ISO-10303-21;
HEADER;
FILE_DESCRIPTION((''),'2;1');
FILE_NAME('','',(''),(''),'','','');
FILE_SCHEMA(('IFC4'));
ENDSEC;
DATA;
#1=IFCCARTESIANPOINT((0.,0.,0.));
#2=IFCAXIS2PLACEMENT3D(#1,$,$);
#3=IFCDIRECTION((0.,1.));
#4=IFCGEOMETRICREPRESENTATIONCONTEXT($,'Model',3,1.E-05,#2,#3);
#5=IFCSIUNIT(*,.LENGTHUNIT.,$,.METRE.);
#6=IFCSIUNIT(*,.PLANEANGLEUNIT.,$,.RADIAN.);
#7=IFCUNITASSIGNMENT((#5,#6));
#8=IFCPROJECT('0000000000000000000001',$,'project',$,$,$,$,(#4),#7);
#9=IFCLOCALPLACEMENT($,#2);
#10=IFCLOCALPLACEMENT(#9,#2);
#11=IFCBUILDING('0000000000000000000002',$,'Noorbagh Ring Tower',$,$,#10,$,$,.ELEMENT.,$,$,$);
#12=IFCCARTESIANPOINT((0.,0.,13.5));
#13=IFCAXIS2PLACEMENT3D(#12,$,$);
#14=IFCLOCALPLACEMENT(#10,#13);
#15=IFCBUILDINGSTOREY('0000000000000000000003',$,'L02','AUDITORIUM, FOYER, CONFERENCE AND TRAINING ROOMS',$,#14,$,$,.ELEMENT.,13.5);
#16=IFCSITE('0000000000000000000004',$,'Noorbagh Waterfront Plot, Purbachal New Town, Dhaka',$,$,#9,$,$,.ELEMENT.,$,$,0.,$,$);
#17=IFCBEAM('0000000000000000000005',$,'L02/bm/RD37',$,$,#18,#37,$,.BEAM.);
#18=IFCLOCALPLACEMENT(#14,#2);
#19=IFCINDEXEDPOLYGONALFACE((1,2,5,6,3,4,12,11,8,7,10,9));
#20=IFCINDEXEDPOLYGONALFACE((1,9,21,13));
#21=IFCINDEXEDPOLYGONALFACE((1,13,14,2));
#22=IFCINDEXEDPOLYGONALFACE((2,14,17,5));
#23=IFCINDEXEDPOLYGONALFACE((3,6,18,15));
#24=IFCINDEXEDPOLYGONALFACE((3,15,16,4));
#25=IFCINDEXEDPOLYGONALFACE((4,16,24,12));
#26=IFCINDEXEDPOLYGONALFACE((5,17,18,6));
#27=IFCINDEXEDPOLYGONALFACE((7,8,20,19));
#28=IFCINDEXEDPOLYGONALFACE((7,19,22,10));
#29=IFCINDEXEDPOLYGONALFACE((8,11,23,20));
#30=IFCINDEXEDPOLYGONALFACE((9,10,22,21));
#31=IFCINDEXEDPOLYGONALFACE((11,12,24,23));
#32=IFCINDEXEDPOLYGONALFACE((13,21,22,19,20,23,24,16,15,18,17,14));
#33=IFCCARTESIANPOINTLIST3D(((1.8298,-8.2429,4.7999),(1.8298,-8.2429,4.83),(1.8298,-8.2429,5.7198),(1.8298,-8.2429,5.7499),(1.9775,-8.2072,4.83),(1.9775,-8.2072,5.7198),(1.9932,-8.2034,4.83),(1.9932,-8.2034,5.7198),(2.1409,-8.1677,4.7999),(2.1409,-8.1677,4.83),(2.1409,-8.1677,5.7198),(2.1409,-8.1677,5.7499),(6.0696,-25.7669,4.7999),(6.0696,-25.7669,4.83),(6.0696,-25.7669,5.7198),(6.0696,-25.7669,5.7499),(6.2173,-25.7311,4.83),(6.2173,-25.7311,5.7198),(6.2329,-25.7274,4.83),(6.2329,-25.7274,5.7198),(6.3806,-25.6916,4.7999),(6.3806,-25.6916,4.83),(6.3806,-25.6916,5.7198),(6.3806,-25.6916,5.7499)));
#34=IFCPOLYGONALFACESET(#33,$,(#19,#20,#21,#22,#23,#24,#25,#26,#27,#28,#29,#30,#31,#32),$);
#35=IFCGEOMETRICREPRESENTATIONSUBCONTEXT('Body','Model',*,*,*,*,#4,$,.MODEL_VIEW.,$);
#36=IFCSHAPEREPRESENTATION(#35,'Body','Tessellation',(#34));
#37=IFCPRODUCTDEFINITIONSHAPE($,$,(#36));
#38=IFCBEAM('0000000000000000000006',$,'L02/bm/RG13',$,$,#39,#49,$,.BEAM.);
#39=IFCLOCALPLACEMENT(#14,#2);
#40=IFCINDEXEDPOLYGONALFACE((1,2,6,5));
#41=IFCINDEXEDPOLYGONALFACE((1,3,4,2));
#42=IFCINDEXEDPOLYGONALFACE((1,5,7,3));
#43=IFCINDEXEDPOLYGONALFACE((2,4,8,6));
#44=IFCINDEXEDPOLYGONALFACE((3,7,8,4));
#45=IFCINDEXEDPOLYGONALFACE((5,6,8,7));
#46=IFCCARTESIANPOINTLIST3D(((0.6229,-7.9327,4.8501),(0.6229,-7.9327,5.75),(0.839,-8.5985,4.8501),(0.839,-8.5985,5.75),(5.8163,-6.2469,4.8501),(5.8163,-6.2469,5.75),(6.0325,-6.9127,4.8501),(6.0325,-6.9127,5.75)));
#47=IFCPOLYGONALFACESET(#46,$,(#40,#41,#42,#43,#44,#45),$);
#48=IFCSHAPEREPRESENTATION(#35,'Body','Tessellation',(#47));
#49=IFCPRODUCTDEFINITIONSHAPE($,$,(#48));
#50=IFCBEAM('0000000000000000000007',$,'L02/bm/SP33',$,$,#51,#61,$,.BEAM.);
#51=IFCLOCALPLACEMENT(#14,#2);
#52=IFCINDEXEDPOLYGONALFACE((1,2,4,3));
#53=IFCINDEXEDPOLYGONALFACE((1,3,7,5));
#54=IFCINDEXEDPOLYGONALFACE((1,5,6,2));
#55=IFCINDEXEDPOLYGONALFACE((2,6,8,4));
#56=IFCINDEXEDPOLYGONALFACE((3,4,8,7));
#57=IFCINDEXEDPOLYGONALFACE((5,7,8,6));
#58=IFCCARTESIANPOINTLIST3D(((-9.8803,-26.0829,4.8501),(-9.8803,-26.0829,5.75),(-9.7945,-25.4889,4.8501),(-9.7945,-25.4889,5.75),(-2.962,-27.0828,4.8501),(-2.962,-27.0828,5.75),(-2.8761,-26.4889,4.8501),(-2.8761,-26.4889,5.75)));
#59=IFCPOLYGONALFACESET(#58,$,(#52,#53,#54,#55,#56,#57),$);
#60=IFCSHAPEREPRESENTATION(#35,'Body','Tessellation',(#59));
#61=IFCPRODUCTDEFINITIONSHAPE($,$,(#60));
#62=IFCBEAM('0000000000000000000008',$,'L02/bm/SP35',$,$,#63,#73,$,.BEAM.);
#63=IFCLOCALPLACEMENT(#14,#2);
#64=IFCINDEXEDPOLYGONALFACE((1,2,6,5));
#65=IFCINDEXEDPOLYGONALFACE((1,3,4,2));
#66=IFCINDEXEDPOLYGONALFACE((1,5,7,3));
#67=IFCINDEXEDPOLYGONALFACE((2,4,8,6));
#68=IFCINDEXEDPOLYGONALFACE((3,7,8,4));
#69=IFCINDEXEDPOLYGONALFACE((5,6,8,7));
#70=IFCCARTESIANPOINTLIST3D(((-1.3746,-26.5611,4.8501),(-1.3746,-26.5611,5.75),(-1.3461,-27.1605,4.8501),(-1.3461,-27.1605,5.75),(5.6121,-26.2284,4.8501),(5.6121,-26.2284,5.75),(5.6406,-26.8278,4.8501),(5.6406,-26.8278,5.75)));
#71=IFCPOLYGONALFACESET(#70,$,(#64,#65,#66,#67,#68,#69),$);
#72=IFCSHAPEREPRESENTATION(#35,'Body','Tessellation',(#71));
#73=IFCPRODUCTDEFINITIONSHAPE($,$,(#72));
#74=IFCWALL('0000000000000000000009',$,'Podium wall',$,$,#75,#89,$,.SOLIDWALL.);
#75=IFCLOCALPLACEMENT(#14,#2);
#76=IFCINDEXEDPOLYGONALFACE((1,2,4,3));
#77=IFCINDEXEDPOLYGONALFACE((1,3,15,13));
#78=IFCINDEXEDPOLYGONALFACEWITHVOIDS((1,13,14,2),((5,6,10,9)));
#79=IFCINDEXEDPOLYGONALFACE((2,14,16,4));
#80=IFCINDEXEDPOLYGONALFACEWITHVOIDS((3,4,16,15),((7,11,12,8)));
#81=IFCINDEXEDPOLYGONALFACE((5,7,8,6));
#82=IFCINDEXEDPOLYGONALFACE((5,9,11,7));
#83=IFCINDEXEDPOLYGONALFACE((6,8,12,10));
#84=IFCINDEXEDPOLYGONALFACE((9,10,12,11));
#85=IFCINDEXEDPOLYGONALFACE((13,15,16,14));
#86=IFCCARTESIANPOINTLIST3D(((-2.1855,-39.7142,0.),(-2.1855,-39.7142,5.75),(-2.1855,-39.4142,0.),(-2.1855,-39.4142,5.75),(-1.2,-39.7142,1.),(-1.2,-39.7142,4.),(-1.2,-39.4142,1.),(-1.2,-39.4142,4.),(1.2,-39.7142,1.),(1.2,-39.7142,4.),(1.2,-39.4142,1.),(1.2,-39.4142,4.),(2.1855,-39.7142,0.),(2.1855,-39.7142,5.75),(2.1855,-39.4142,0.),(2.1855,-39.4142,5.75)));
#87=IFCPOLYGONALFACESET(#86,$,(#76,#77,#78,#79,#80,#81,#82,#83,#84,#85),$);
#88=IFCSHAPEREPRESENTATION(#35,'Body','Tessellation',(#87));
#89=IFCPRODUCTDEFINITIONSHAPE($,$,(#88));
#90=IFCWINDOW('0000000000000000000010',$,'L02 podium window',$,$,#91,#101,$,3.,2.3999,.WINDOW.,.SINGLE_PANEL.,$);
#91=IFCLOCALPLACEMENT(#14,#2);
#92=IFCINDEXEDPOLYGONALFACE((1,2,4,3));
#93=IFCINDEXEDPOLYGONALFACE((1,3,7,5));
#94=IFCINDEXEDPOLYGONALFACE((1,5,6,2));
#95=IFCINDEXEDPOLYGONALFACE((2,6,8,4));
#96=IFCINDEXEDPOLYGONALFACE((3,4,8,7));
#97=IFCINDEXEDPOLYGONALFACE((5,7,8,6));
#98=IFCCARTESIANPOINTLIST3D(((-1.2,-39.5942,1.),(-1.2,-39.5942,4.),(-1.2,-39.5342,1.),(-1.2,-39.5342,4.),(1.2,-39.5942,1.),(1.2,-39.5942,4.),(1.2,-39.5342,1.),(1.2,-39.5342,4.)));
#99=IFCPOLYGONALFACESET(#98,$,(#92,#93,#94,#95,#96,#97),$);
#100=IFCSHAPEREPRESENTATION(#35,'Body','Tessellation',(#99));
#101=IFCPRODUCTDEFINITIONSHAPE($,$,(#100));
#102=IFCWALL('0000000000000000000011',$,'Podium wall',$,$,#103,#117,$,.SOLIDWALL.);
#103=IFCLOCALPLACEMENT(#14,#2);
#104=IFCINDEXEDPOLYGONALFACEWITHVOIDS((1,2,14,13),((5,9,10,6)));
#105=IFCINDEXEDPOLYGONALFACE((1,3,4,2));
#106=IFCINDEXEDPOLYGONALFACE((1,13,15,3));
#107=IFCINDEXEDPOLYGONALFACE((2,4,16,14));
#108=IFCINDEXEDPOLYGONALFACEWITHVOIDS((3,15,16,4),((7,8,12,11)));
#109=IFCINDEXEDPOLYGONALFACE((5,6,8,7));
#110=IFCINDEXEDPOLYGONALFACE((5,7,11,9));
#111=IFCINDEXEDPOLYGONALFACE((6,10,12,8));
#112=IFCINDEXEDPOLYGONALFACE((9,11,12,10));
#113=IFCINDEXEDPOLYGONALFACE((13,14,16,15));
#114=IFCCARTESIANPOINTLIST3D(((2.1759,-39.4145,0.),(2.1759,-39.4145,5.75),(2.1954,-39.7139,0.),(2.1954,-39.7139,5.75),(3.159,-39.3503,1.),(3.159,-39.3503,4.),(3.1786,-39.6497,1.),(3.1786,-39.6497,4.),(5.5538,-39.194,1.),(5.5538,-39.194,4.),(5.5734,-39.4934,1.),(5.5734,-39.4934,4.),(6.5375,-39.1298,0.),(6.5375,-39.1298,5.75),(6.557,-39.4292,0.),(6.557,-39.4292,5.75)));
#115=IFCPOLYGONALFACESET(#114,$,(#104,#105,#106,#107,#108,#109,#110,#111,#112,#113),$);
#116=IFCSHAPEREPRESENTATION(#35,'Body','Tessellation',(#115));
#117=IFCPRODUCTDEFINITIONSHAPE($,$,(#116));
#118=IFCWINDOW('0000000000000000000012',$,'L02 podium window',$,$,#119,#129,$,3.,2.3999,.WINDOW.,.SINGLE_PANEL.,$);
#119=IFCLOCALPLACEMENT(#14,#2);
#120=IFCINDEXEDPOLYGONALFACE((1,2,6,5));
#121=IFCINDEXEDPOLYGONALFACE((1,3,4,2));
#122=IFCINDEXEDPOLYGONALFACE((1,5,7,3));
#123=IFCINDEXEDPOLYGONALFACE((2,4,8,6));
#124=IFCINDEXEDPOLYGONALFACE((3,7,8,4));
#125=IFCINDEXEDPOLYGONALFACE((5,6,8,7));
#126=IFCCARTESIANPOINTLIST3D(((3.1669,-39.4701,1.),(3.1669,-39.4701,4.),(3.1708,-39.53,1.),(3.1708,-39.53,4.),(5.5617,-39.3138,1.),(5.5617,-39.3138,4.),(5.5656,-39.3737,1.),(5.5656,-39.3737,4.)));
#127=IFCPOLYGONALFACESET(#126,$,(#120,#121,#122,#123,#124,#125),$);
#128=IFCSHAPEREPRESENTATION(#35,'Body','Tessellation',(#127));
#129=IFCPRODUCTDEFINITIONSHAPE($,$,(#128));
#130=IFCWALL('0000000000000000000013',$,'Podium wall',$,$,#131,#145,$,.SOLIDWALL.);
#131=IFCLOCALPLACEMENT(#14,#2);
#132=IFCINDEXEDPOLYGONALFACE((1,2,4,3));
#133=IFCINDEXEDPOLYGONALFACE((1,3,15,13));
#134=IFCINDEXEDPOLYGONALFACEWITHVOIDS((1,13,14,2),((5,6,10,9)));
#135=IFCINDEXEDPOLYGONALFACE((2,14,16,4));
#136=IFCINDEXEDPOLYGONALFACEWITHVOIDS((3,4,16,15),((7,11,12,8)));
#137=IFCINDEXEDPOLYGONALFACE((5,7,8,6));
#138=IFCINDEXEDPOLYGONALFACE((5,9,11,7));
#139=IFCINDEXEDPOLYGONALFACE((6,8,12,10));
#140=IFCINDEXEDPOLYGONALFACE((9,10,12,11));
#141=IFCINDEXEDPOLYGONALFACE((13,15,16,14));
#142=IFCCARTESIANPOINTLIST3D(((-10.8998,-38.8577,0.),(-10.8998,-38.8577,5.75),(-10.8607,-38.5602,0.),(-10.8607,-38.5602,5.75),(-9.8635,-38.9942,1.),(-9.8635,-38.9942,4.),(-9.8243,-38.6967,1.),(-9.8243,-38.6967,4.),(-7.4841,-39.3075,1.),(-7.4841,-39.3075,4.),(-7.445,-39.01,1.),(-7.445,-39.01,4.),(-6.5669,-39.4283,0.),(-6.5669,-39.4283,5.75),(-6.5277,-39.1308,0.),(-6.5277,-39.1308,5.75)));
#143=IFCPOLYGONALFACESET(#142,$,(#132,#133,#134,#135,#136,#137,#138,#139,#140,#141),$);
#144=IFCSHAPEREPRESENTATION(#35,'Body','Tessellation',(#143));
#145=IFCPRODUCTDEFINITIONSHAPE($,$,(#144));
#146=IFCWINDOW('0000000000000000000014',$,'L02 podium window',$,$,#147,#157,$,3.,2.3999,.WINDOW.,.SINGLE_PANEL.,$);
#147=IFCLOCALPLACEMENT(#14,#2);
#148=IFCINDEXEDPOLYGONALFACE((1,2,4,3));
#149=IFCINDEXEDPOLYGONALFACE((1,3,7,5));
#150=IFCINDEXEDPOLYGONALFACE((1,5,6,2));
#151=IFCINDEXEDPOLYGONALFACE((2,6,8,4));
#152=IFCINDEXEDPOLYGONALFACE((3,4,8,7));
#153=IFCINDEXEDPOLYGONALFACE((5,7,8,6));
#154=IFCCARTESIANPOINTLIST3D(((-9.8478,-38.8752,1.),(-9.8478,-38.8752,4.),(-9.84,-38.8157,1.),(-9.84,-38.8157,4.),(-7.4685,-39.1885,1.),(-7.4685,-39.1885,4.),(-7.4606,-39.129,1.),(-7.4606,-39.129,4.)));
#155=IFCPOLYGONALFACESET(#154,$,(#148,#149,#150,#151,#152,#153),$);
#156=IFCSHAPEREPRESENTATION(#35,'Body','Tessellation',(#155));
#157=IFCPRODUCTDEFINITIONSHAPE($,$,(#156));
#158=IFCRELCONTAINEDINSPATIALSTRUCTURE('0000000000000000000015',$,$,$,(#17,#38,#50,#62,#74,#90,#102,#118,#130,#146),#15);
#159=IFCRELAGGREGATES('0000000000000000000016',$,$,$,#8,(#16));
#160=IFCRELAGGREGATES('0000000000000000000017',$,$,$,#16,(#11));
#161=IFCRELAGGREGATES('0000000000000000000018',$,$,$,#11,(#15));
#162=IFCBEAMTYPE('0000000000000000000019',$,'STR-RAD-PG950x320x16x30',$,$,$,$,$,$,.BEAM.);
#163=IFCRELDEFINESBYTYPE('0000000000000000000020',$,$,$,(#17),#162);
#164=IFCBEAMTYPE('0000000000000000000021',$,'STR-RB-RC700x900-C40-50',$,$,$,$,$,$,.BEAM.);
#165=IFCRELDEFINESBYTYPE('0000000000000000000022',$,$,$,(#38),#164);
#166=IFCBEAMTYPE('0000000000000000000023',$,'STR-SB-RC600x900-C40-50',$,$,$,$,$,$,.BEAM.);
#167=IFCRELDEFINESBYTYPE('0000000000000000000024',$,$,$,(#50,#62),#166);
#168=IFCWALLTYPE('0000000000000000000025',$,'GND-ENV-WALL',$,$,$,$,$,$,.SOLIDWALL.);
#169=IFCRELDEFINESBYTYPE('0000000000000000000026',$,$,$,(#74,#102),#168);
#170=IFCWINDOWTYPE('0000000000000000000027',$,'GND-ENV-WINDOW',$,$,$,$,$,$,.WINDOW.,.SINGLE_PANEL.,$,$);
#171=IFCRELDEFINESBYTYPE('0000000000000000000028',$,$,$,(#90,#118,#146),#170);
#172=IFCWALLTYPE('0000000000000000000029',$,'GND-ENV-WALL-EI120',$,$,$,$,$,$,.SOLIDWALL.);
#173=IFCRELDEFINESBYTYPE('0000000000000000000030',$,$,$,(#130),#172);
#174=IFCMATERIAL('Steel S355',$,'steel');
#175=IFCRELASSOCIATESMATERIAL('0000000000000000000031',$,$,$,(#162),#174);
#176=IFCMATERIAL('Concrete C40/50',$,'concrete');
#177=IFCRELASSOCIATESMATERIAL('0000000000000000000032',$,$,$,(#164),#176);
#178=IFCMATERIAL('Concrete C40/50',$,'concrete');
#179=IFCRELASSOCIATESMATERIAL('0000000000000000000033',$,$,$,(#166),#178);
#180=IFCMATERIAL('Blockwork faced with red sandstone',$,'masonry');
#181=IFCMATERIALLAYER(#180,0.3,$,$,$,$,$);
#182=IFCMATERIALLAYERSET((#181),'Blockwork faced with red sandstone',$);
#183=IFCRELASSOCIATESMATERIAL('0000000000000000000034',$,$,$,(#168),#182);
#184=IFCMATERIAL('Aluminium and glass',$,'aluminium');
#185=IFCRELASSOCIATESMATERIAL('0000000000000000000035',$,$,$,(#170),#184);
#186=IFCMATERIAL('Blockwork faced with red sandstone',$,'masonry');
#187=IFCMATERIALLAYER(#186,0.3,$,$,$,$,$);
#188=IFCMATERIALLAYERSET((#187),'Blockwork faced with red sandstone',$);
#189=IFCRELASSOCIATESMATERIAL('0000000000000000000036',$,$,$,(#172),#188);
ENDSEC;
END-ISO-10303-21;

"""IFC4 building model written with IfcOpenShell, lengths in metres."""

from ifc_helpers import new_model, si_unit, direction, frame, frame_2d, origin, origin_2d, place, context, subcontext, project, spatial, rectangle, i_section, extrude, material, layer, layer_set, material_profile, profile_set, type_object, element, fill, save


model = new_model("IFC4")

# Units and contexts
model_context = context("Model", 3, precision=1e-05, world=origin(), true_north=direction((0.0, 1.0)))
body_context = subcontext(model_context, "Body", "Model", "MODEL_VIEW")
ifc_project = project(units=[si_unit("LENGTHUNIT", "METRE"), si_unit("PLANEANGLEUNIT", "RADIAN")], contexts=[model_context])

# Site, building, storey
site_placement = place(None, origin())
site = spatial("IfcSite", under=ifc_project, at=site_placement, Name="Noorbagh Waterfront Plot, Purbachal New Town, Dhaka", CompositionType="ELEMENT", RefElevation=0.0)
building_placement = place(site_placement, origin())
building = spatial("IfcBuilding", under=site, at=building_placement, Name="Noorbagh Ring Tower", CompositionType="ELEMENT")
storey_placement = place(building_placement, frame((0.0, 0.0, 13.5)))
storey = spatial("IfcBuildingStorey", under=building, at=storey_placement, Name="L02", Description="AUDITORIUM, FOYER, CONFERENCE AND TRAINING ROOMS", CompositionType="ELEMENT", Elevation=13.5)

# Beams
ifc_material_1 = material(Name="Steel S355", Category="steel")
ifc_material_profile_1 = material_profile(ifc_material_1, i_section(OverallWidth=0.3201, OverallDepth=0.95, WebThickness=0.0161, FlangeThickness=0.03, at=origin_2d()), Name="PG950x320x16x30")
ifc_profile_set_1 = profile_set([ifc_material_profile_1], Name="Steel S355")
beam_type_1 = type_object("IfcBeamType", Name="STR-RAD-PG950x320x16x30", PredefinedType="BEAM", material=ifc_profile_set_1)
beam_1_placement = place(storey_placement, frame((6.2251, -25.7292, 5.2749), z_axis=(-0.235156, 0.971958, 0.0), x_axis=(-0.971958, -0.235156, 0.0)))
element("IfcBeam", 1, at=beam_1_placement, inside=storey, type_object=beam_type_1, Name="L02/bm/RD37", PredefinedType="BEAM", context=body_context, shape_type="SweptSolid", body=[
    extrude(i_section(OverallWidth=0.3201, OverallDepth=0.95, WebThickness=0.0161, FlangeThickness=0.03, at=origin_2d()), origin(), (0.0, 0.0, 1.0), 18.0295),
])
ifc_material_2 = material(Name="Concrete C40/50", Category="concrete")
ifc_material_profile_2 = material_profile(ifc_material_2, rectangle(XDim=0.7, YDim=0.8999, at=origin_2d()), Name="RC700x900")
ifc_profile_set_2 = profile_set([ifc_material_profile_2], Name="Concrete C40/50")
beam_type_2 = type_object("IfcBeamType", Name="STR-RB-RC700x900-C40-50", PredefinedType="BEAM", material=ifc_profile_set_2)
beam_2_placement = place(storey_placement, frame((0.731, -8.2656, 5.3), z_axis=(0.951144, 0.308746, 0.0), x_axis=(-0.308746, 0.951144, 0.0)))
element("IfcBeam", 2, at=beam_2_placement, inside=storey, type_object=beam_type_2, Name="L02/bm/RG13", PredefinedType="BEAM", context=body_context, shape_type="SweptSolid", body=[
    extrude(rectangle(XDim=0.7, YDim=0.8999, at=origin_2d()), origin(), (0.0, 0.0, 1.0), 5.4602),
])
ifc_material_3 = material(Name="Concrete C40/50", Category="concrete")
ifc_material_profile_3 = material_profile(ifc_material_3, rectangle(XDim=0.6001, YDim=0.8999, at=origin_2d()), Name="RC600x900")
ifc_profile_set_3 = profile_set([ifc_material_profile_3], Name="Concrete C40/50")
beam_type_3 = type_object("IfcBeamType", Name="STR-SB-RC600x900-C40-50", PredefinedType="BEAM", material=ifc_profile_set_3)
beam_3_placement = place(storey_placement, frame((-9.8374, -25.7859, 5.3), z_axis=(0.989715, -0.143054, 0.0), x_axis=(0.143054, 0.989715, 0.0)))
element("IfcBeam", 3, at=beam_3_placement, inside=storey, type_object=beam_type_3, Name="L02/bm/SP33", PredefinedType="BEAM", context=body_context, shape_type="SweptSolid", body=[
    extrude(rectangle(XDim=0.6001, YDim=0.8999, at=origin_2d()), origin(), (0.0, 0.0, 1.0), 6.9902),
])
beam_4_placement = place(storey_placement, frame((-1.3604, -26.8608, 5.3), z_axis=(0.998868, 0.047573, 0.0), x_axis=(-0.047573, 0.998868, 0.0)))
element("IfcBeam", 4, at=beam_4_placement, inside=storey, type_object=beam_type_3, Name="L02/bm/SP35", PredefinedType="BEAM", context=body_context, shape_type="SweptSolid", body=[
    extrude(rectangle(XDim=0.6001, YDim=0.8999, at=origin_2d()), origin(), (0.0, 0.0, 1.0), 6.9946),
])

# Walls, openings, windows
ifc_material_4 = material(Name="Blockwork faced with red sandstone", Category="masonry")
ifc_layer_1 = layer(ifc_material_4, 0.3)
ifc_layer_set_1 = layer_set([ifc_layer_1], Name="Blockwork faced with red sandstone")
wall_type_1 = type_object("IfcWallType", Name="GND-ENV-WALL", PredefinedType="SOLIDWALL", material=ifc_layer_set_1)
wall_1_placement = place(storey_placement, frame((-2.1855, -39.5642, 0.0), z_axis=(0.0, 0.0, 1.0), x_axis=(1.0, 0.0, 0.0)))
wall_1 = element("IfcWall", 5, at=wall_1_placement, inside=storey, type_object=wall_type_1, Name="Podium wall", PredefinedType="SOLIDWALL", context=body_context, shape_type="SweptSolid", body=[
    extrude(rectangle(XDim=4.3711, YDim=0.3, at=frame_2d((2.1855, 0.0))), origin(), (0.0, 0.0, 1.0), 5.75),
])
opening_1_placement = place(wall_1_placement, frame((0.9856, 0.0, 1.0)))
opening_1 = element("IfcOpeningElement", 6, at=opening_1_placement, cuts=wall_1, PredefinedType="OPENING", context=body_context, shape_type="SweptSolid", body=[
    extrude(rectangle(XDim=2.3999, YDim=3.0, at=frame_2d((1.2, 1.5))), frame((0.0, 0.1602, 0.0), z_axis=(0.0, -1.0, 0.0), x_axis=(1.0, 0.0, 0.0)), (0.0, 0.0, 1.0), 0.3201),
])
ifc_material_5 = material(Name="Aluminium and glass", Category="aluminium")
window_type = type_object("IfcWindowType", Name="GND-ENV-WINDOW", PartitioningType="SINGLE_PANEL", PredefinedType="WINDOW", material=ifc_material_5)
window_1_placement = place(opening_1_placement, origin())
window_1 = element("IfcWindow", 7, at=window_1_placement, inside=storey, type_object=window_type, Name="L02 podium window", OverallHeight=3.0, OverallWidth=2.3999, PartitioningType="SINGLE_PANEL", PredefinedType="WINDOW", context=body_context, shape_type="SweptSolid", body=[
    extrude(rectangle(XDim=2.3999, YDim=3.0, at=frame_2d((1.2, 1.5))), frame((0.0, 0.03, 0.0), z_axis=(0.0, -1.0, 0.0), x_axis=(1.0, 0.0, 0.0)), (0.0, 0.0, 1.0), 0.0601),
])
fill(opening_1, window_1)
wall_2_placement = place(storey_placement, frame((2.1855, -39.5642, 0.0), z_axis=(0.0, 0.0, 1.0), x_axis=(0.997877, 0.065129, 0.0)))
wall_2 = element("IfcWall", 8, at=wall_2_placement, inside=storey, type_object=wall_type_1, Name="Podium wall", PredefinedType="SOLIDWALL", context=body_context, shape_type="SweptSolid", body=[
    extrude(rectangle(XDim=4.3708, YDim=0.3, at=frame_2d((2.1855, 0.0))), origin(), (0.0, 0.0, 1.0), 5.75),
])
opening_2_placement = place(wall_2_placement, frame((0.9854, 0.0, 1.0)))
opening_2 = element("IfcOpeningElement", 9, at=opening_2_placement, cuts=wall_2, PredefinedType="OPENING", context=body_context, shape_type="SweptSolid", body=[
    extrude(rectangle(XDim=2.3999, YDim=3.0, at=frame_2d((1.2, 1.5))), frame((0.0, 0.1602, 0.0), z_axis=(0.0, -1.0, 0.0), x_axis=(1.0, 0.0, 0.0)), (0.0, 0.0, 1.0), 0.3201),
])
window_2_placement = place(opening_2_placement, origin())
window_2 = element("IfcWindow", 10, at=window_2_placement, inside=storey, type_object=window_type, Name="L02 podium window", OverallHeight=3.0, OverallWidth=2.3999, PartitioningType="SINGLE_PANEL", PredefinedType="WINDOW", context=body_context, shape_type="SweptSolid", body=[
    extrude(rectangle(XDim=2.3999, YDim=3.0, at=frame_2d((1.2, 1.5))), frame((0.0, 0.03, 0.0), z_axis=(0.0, -1.0, 0.0), x_axis=(1.0, 0.0, 0.0)), (0.0, 0.0, 1.0), 0.0601),
])
fill(opening_2, window_2)
ifc_material_6 = material(Name="Blockwork faced with red sandstone", Category="masonry")
ifc_layer_2 = layer(ifc_material_6, 0.3)
ifc_layer_set_2 = layer_set([ifc_layer_2], Name="Blockwork faced with red sandstone")
wall_type_2 = type_object("IfcWallType", Name="GND-ENV-WALL-EI120", PredefinedType="SOLIDWALL", material=ifc_layer_set_2)
wall_3_placement = place(storey_placement, frame((-10.8801, -38.709, 0.0), z_axis=(0.0, 0.0, 1.0), x_axis=(0.991442, -0.13055, 0.0)))
wall_3 = element("IfcWall", 11, at=wall_3_placement, inside=storey, type_object=wall_type_2, Name="Podium wall", PredefinedType="SOLIDWALL", context=body_context, shape_type="SweptSolid", body=[
    extrude(rectangle(XDim=4.3704, YDim=0.3, at=frame_2d((2.1851, 0.0))), origin(), (0.0, 0.0, 1.0), 5.75),
])
opening_3_placement = place(wall_3_placement, frame((1.0452, 0.0, 1.0)))
opening_3 = element("IfcOpeningElement", 12, at=opening_3_placement, cuts=wall_3, PredefinedType="OPENING", context=body_context, shape_type="SweptSolid", body=[
    extrude(rectangle(XDim=2.3999, YDim=3.0, at=frame_2d((1.2, 1.5))), frame((0.0, 0.1602, 0.0), z_axis=(0.0, -1.0, 0.0), x_axis=(1.0, 0.0, 0.0)), (0.0, 0.0, 1.0), 0.3201),
])
window_3_placement = place(opening_3_placement, origin())
window_3 = element("IfcWindow", 13, at=window_3_placement, inside=storey, type_object=window_type, Name="L02 podium window", OverallHeight=3.0, OverallWidth=2.3999, PartitioningType="SINGLE_PANEL", PredefinedType="WINDOW", context=body_context, shape_type="SweptSolid", body=[
    extrude(rectangle(XDim=2.3999, YDim=3.0, at=frame_2d((1.2, 1.5))), frame((0.0, 0.03, 0.0), z_axis=(0.0, -1.0, 0.0), x_axis=(1.0, 0.0, 0.0)), (0.0, 0.0, 1.0), 0.0601),
])
fill(opening_3, window_3)

save(model, "model.ifc")
